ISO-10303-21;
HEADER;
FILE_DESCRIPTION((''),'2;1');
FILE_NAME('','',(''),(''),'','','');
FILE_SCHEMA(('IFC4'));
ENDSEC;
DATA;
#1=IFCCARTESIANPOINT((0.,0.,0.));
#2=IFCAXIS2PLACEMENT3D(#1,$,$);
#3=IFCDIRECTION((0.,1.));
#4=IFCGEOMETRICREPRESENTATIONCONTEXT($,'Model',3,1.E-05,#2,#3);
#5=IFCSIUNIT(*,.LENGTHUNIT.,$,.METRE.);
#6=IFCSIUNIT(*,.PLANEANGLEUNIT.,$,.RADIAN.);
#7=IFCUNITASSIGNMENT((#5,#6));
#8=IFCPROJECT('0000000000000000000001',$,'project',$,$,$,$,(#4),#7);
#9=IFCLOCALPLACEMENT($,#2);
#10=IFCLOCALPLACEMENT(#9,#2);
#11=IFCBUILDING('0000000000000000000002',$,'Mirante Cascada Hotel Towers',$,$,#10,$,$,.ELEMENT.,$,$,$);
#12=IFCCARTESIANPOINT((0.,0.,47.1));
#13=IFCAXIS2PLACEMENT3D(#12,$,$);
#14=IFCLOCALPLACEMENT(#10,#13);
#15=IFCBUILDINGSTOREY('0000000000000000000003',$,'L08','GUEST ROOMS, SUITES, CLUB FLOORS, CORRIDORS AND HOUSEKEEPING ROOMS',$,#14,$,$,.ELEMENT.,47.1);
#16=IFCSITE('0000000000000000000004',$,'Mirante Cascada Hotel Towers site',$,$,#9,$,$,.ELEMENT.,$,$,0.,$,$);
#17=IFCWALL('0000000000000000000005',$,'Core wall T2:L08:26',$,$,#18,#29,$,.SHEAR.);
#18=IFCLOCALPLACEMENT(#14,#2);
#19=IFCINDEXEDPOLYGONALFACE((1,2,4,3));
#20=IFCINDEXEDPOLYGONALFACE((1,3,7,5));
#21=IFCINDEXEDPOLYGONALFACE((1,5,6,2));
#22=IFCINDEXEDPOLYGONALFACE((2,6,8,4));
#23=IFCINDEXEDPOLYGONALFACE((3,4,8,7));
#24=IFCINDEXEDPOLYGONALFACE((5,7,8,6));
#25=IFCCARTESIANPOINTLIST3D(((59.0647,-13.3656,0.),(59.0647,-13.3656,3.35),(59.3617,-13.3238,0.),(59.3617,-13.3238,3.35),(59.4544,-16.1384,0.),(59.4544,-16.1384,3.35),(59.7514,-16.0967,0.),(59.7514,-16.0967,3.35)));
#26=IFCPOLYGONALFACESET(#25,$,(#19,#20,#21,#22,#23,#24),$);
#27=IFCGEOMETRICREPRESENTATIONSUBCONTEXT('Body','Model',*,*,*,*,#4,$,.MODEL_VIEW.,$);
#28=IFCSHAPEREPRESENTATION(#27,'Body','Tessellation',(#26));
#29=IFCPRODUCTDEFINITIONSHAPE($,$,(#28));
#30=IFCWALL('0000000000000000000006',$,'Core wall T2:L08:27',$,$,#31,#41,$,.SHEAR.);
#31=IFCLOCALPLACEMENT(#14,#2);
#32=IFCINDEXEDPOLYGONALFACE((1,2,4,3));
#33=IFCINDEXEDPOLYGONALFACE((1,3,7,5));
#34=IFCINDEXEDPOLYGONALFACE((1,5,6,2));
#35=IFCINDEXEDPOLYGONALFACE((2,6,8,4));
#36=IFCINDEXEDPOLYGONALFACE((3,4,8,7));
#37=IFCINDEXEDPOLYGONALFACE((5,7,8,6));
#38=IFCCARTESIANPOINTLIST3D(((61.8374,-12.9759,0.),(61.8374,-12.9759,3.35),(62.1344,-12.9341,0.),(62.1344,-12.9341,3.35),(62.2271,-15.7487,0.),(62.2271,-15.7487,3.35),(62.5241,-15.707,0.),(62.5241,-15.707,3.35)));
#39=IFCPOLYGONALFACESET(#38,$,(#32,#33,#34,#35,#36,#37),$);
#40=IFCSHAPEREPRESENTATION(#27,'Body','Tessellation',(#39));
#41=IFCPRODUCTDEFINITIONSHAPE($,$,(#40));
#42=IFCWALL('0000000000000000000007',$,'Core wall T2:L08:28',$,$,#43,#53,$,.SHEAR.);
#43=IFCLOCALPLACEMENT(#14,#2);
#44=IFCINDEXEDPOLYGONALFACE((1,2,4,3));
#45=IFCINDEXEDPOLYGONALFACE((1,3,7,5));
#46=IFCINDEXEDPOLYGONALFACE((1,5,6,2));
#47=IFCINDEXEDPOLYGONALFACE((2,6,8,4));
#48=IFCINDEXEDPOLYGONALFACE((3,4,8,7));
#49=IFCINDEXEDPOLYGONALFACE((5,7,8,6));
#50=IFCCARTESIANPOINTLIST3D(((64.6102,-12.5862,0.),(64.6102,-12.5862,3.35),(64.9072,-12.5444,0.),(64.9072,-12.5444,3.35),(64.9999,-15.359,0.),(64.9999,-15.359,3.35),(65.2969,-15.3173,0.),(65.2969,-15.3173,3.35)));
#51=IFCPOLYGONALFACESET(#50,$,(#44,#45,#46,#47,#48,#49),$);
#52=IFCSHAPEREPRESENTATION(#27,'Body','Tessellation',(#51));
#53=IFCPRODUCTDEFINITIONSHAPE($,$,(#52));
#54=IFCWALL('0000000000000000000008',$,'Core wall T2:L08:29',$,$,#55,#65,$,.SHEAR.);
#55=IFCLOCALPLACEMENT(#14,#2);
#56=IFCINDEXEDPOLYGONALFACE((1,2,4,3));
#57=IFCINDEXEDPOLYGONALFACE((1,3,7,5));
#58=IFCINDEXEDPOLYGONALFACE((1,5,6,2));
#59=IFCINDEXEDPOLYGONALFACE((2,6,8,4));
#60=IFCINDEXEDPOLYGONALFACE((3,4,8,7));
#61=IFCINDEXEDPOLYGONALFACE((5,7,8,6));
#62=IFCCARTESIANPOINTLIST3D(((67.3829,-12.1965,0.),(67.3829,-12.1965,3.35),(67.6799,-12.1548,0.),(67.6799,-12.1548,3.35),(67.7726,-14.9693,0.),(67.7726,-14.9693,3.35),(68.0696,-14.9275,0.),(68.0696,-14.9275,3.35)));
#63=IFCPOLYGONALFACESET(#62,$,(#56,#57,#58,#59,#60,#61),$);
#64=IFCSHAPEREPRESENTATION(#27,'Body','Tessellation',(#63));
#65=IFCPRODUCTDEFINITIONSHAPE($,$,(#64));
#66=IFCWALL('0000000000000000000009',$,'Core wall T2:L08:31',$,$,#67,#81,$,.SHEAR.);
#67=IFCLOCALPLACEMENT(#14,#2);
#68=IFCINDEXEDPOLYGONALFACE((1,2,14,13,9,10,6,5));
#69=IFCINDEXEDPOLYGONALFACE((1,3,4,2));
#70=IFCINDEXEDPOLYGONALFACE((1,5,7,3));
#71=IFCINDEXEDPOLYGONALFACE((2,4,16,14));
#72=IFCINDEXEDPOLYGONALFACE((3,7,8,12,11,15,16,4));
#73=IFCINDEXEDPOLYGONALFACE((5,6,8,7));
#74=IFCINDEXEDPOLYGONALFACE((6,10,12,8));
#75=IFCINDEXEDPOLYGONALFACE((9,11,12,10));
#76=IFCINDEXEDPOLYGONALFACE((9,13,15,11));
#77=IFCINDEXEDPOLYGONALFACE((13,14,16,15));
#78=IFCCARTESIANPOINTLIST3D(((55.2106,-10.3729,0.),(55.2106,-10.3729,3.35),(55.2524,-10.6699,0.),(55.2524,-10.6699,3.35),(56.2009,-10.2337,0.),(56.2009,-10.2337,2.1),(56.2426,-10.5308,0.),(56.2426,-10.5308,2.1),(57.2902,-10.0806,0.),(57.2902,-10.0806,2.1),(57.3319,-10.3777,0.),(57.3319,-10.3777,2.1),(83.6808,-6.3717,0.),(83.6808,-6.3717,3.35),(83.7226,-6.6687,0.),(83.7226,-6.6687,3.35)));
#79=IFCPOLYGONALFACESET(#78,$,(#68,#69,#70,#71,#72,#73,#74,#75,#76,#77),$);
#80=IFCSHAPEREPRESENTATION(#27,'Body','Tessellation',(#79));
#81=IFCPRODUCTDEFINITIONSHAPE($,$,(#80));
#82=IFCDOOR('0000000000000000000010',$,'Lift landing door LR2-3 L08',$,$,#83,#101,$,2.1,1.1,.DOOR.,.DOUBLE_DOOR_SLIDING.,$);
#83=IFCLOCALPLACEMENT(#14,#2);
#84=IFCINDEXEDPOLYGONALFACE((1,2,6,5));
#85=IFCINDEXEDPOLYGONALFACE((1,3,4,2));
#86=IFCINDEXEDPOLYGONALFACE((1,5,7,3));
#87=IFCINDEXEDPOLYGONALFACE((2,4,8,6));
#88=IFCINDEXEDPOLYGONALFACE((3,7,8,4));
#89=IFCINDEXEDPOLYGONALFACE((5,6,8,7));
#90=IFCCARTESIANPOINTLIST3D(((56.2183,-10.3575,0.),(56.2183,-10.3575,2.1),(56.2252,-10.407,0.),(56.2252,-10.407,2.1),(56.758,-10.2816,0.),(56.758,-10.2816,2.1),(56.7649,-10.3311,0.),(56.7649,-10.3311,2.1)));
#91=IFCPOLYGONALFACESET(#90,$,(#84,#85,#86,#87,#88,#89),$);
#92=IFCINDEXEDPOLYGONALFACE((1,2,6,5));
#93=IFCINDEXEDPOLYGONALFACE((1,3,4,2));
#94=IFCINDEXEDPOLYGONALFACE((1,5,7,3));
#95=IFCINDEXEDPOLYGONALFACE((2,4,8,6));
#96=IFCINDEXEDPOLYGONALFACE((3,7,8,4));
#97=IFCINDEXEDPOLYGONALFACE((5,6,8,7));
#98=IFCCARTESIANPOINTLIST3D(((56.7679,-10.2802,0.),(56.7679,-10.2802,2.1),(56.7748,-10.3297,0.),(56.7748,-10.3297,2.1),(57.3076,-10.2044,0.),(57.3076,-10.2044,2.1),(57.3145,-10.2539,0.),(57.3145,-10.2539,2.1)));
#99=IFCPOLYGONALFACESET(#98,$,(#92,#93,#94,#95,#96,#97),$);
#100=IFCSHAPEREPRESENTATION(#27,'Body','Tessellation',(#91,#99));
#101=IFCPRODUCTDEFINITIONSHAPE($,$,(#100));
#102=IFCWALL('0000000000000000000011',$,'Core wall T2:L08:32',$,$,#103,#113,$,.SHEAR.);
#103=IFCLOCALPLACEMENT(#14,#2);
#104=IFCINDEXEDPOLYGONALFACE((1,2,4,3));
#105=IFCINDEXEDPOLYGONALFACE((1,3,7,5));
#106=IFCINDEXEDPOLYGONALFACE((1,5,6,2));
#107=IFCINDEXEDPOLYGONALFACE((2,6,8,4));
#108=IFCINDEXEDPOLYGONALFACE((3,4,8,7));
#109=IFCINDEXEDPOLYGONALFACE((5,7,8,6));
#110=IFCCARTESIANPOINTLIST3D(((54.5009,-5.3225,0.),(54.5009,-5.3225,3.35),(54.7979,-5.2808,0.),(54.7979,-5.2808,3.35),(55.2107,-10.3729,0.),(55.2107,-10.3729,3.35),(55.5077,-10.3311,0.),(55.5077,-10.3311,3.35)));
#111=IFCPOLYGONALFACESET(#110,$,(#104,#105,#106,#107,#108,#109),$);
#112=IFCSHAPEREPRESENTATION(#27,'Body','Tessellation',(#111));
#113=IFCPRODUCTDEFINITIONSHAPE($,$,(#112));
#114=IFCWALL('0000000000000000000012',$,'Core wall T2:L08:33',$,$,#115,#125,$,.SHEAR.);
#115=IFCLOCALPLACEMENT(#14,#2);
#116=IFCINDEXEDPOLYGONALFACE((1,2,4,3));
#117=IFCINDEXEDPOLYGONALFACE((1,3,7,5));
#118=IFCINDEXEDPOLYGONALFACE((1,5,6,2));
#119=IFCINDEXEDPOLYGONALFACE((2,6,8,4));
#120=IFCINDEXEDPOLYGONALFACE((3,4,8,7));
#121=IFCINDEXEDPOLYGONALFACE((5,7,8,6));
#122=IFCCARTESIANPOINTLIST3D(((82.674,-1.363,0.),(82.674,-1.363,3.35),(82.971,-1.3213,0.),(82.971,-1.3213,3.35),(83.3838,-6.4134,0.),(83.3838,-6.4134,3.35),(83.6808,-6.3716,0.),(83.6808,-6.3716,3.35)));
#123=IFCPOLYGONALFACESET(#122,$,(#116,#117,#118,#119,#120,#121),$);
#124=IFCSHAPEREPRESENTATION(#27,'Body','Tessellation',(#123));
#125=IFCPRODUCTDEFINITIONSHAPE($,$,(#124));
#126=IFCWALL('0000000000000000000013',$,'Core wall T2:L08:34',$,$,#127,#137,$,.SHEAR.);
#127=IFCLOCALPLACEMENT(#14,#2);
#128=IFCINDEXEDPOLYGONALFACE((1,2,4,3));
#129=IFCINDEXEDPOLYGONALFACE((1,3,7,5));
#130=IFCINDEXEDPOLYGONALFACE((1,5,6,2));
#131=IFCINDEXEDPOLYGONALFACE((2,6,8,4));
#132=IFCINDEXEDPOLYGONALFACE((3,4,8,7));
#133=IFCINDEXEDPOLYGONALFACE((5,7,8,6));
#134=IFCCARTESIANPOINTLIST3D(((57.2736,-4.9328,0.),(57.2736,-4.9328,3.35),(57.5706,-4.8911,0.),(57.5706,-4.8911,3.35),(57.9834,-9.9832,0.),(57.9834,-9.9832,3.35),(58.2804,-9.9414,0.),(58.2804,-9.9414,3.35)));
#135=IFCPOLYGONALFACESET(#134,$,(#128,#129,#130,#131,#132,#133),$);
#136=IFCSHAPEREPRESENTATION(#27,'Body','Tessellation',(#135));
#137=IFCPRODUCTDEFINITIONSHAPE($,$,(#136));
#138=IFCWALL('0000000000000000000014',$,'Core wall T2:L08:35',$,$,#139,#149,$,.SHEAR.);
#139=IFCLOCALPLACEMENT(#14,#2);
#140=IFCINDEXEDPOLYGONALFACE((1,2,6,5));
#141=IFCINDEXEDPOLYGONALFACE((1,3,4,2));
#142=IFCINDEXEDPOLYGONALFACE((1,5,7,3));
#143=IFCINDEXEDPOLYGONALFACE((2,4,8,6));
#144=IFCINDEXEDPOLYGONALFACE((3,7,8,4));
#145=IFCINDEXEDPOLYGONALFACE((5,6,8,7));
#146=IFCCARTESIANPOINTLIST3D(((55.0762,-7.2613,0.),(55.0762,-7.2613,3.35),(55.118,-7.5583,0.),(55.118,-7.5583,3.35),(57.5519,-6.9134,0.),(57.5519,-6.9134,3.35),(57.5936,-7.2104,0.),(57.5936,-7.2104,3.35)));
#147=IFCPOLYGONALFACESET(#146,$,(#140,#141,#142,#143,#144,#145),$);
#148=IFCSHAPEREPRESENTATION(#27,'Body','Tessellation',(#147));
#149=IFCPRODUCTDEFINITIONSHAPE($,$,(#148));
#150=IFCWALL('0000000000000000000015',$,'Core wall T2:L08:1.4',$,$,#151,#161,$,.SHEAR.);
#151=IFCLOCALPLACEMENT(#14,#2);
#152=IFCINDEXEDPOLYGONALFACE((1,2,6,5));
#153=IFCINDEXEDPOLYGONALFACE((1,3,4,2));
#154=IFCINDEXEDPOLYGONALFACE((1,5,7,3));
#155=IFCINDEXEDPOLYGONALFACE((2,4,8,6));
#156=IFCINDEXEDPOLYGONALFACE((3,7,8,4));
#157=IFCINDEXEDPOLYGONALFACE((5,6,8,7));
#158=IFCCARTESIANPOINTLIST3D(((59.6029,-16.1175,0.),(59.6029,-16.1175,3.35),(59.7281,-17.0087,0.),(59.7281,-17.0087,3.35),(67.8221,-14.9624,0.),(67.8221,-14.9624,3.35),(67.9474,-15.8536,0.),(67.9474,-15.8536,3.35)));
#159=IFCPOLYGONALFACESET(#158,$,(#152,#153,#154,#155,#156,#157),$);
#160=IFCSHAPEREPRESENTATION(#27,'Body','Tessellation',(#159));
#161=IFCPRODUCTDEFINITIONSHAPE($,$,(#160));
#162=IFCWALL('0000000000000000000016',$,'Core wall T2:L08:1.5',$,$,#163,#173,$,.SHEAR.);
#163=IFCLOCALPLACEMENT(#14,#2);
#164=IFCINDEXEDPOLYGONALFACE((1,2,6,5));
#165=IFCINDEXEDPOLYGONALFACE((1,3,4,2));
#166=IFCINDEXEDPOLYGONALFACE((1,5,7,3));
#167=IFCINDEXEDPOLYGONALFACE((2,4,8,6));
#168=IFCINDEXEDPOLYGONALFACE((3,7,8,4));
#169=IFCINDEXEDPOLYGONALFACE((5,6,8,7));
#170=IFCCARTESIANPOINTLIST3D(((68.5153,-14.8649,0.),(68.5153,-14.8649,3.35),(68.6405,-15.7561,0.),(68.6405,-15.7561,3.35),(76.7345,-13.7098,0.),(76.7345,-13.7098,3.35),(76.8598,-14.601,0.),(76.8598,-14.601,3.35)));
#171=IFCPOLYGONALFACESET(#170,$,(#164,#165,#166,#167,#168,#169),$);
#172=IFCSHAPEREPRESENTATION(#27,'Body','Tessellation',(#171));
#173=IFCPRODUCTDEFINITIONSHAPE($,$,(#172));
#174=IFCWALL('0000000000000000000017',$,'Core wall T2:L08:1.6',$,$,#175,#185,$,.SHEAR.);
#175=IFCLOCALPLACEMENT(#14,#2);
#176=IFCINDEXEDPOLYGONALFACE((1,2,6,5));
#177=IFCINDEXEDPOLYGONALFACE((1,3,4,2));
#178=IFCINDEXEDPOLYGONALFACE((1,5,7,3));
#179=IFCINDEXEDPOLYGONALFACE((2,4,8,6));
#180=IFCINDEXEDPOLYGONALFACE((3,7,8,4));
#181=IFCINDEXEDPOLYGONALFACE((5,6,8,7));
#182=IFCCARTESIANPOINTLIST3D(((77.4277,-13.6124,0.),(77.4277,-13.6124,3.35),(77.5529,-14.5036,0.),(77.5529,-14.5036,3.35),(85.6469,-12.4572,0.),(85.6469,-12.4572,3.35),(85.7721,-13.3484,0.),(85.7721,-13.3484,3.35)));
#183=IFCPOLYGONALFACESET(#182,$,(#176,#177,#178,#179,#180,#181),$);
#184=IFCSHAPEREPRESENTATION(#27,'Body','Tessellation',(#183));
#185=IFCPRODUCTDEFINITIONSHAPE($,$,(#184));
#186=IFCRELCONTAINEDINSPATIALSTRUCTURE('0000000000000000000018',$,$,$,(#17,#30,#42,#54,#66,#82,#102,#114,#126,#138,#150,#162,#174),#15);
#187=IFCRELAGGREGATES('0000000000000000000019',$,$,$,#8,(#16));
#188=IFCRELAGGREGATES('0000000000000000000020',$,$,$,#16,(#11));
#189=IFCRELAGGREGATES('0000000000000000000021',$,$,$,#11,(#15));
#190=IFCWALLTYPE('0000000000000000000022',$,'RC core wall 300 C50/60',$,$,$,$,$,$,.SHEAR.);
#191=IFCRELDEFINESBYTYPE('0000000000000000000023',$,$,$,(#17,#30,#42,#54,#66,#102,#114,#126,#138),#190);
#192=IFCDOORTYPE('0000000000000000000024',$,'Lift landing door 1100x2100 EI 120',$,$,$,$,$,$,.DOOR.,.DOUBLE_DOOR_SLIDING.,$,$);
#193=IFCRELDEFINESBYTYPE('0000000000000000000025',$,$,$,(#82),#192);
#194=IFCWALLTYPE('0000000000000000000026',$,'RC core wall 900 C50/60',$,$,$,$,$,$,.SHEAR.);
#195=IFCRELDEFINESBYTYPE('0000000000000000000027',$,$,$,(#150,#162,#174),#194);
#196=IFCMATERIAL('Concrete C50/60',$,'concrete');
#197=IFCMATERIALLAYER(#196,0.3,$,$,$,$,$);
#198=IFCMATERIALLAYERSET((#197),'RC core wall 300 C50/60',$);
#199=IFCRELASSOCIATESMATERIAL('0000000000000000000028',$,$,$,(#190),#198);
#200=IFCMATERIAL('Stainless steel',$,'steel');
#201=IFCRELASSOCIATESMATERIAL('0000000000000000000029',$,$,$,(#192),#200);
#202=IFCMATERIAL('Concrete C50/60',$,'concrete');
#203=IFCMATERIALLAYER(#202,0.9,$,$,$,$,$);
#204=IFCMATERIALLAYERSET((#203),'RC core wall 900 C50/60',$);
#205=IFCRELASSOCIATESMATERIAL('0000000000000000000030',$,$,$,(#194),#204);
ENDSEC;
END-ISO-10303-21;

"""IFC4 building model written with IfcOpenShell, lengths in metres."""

from ifc_helpers import new_model, si_unit, direction, frame, frame_2d, origin, place, context, subcontext, project, spatial, rectangle, extrude, material, layer, layer_set, type_object, element, fill, save


model = new_model("IFC4")

# Units and contexts
model_context = context("Model", 3, precision=1e-05, world=origin(), true_north=direction((0.0, 1.0)))
body_context = subcontext(model_context, "Body", "Model", "MODEL_VIEW")
ifc_project = project(units=[si_unit("LENGTHUNIT", "METRE"), si_unit("PLANEANGLEUNIT", "RADIAN")], contexts=[model_context])

# Site, building, storey
site_placement = place(None, origin())
site = spatial("IfcSite", under=ifc_project, at=site_placement, Name="Mirante Cascada Hotel Towers site", CompositionType="ELEMENT", RefElevation=0.0)
building_placement = place(site_placement, origin())
building = spatial("IfcBuilding", under=site, at=building_placement, Name="Mirante Cascada Hotel Towers", CompositionType="ELEMENT")
storey_placement = place(building_placement, frame((0.0, 0.0, 47.1)))
storey = spatial("IfcBuildingStorey", under=building, at=storey_placement, Name="L08", Description="GUEST ROOMS, SUITES, CLUB FLOORS, CORRIDORS AND HOUSEKEEPING ROOMS", CompositionType="ELEMENT", Elevation=47.1)

# Walls
ifc_material_1 = material(Name="Concrete C50/60", Category="concrete")
ifc_layer_1 = layer(ifc_material_1, 0.3)
ifc_layer_set_1 = layer_set([ifc_layer_1], Name="RC core wall 300 C50/60")
wall_type_1 = type_object("IfcWallType", Name="RC core wall 300 C50/60", PredefinedType="SHEAR", material=ifc_layer_set_1)
for number, where, z_axis, x_axis, name in (
    (1, (59.6029, -16.1175, 0.0), (0.0, 0.0, 1.0), (-0.139176, 0.990268, 0.0), "Core wall T2:L08:26"),
    (2, (62.3756, -15.7278, 0.0), (0.0, 0.0, 1.0), (-0.139176, 0.990268, 0.0), "Core wall T2:L08:27"),
    (3, (65.1484, -15.3381, 0.0), (0.0, 0.0, 1.0), (-0.139176, 0.990268, 0.0), "Core wall T2:L08:28"),
):
    element("IfcWall", number, at=place(storey_placement, frame(where, z_axis=z_axis, x_axis=x_axis)), inside=storey, type_object=wall_type_1, Name=name, PredefinedType="SHEAR", context=body_context, shape_type="SweptSolid", body=[
        extrude(rectangle(XDim=2.8001, YDim=0.3, at=frame_2d((1.4, 0.0))), origin(), (0.0, 0.0, 1.0), 3.35),
    ])
wall_1_placement = place(storey_placement, frame((67.9211, -14.9484, 0.0), z_axis=(0.0, 0.0, 1.0), x_axis=(-0.139181, 0.990267, 0.0)))
element("IfcWall", 4, at=wall_1_placement, inside=storey, type_object=wall_type_1, Name="Core wall T2:L08:29", PredefinedType="SHEAR", context=body_context, shape_type="SweptSolid", body=[
    extrude(rectangle(XDim=2.8, YDim=0.3, at=frame_2d((1.4, 0.0))), origin(), (0.0, 0.0, 1.0), 3.35),
])

# Wall, opening, door
wall_2_placement = place(storey_placement, frame((55.2315, -10.5214, 0.0), z_axis=(0.0, 0.0, 1.0), x_axis=(0.990268, 0.139172, 0.0)))
wall_2 = element("IfcWall", 5, at=wall_2_placement, inside=storey, type_object=wall_type_1, Name="Core wall T2:L08:31", PredefinedType="SHEAR", context=body_context, shape_type="SweptSolid", body=[
    extrude(rectangle(XDim=28.75, YDim=0.3, at=frame_2d((14.375, 0.0))), origin(), (0.0, 0.0, 1.0), 3.35),
])
opening_placement = place(wall_2_placement, frame((1.0, 0.0, 0.0)))
opening = element("IfcOpeningElement", 6, at=opening_placement, cuts=wall_2, PredefinedType="OPENING", context=body_context, shape_type="SweptSolid", body=[
    extrude(rectangle(XDim=1.1, YDim=2.1, at=frame_2d((0.55, 1.05))), frame((0.0, 0.15, 0.0), z_axis=(0.0, -1.0, 0.0), x_axis=(1.0, 0.0, 0.0)), (0.0, 0.0, 1.0), 0.3),
])
ifc_material_2 = material(Name="Stainless steel", Category="steel")
door_type = type_object("IfcDoorType", Name="Lift landing door 1100x2100 EI 120", OperationType="DOUBLE_DOOR_SLIDING", PredefinedType="DOOR", material=ifc_material_2)
door_placement = place(opening_placement, origin())
door = element("IfcDoor", 7, at=door_placement, inside=storey, type_object=door_type, Name="Lift landing door LR2-3 L08", OperationType="DOUBLE_DOOR_SLIDING", OverallHeight=2.1, OverallWidth=1.1, PredefinedType="DOOR", context=body_context, shape_type="SweptSolid", body=[
    extrude(rectangle(XDim=0.545, YDim=2.1, at=frame_2d((0.2725, 1.05))), frame((0.0, 0.025, 0.0), z_axis=(0.0, -1.0, 0.0), x_axis=(1.0, 0.0, 0.0)), (0.0, 0.0, 1.0), 0.05),
    extrude(rectangle(XDim=0.545, YDim=2.1, at=frame_2d((0.8275, 1.05))), frame((0.0, 0.025, 0.0), z_axis=(0.0, -1.0, 0.0), x_axis=(1.0, 0.0, 0.0)), (0.0, 0.0, 1.0), 0.05),
])
fill(opening, door)

# Walls
for number, where, z_axis, x_axis, name in (
    (8, (55.3592, -10.352, 0.0), (0.0, 0.0, 1.0), (-0.139176, 0.990268, 0.0), "Core wall T2:L08:32"),
    (9, (83.5323, -6.3925, 0.0), (0.0, 0.0, 1.0), (-0.139176, 0.990268, 0.0), "Core wall T2:L08:33"),
    (10, (58.1319, -9.9623, 0.0), (0.0, 0.0, 1.0), (-0.139176, 0.990268, 0.0), "Core wall T2:L08:34"),
):
    element("IfcWall", number, at=place(storey_placement, frame(where, z_axis=z_axis, x_axis=x_axis)), inside=storey, type_object=wall_type_1, Name=name, PredefinedType="SHEAR", context=body_context, shape_type="SweptSolid", body=[
        extrude(rectangle(XDim=5.1, YDim=0.3, at=frame_2d((2.55, 0.0))), origin(), (0.0, 0.0, 1.0), 3.35),
    ])
wall_3_placement = place(storey_placement, frame((55.0971, -7.4098, 0.0), z_axis=(0.0, 0.0, 1.0), x_axis=(0.99027, 0.139159, 0.0)))
element("IfcWall", 11, at=wall_3_placement, inside=storey, type_object=wall_type_1, Name="Core wall T2:L08:35", PredefinedType="SHEAR", context=body_context, shape_type="SweptSolid", body=[
    extrude(rectangle(XDim=2.5, YDim=0.3, at=frame_2d((1.25, 0.0))), origin(), (0.0, 0.0, 1.0), 3.35),
])
ifc_material_3 = material(Name="Concrete C50/60", Category="concrete")
ifc_layer_2 = layer(ifc_material_3, 0.9)
ifc_layer_set_2 = layer_set([ifc_layer_2], Name="RC core wall 900 C50/60")
wall_type_2 = type_object("IfcWallType", Name="RC core wall 900 C50/60", PredefinedType="SHEAR", material=ifc_layer_set_2)
for number, where, z_axis, x_axis, name in (
    (12, (59.6655, -16.5631, 0.0), (0.0, 0.0, 1.0), (0.990269, 0.139169, 0.0), "Core wall T2:L08:1.4"),
    (13, (68.5779, -15.3105, 0.0), (0.0, 0.0, 1.0), (0.990269, 0.139169, 0.0), "Core wall T2:L08:1.5"),
    (14, (77.4903, -14.058, 0.0), (0.0, 0.0, 1.0), (0.990267, 0.139181, 0.0), "Core wall T2:L08:1.6"),
):
    element("IfcWall", number, at=place(storey_placement, frame(where, z_axis=z_axis, x_axis=x_axis)), inside=storey, type_object=wall_type_2, Name=name, PredefinedType="SHEAR", context=body_context, shape_type="SweptSolid", body=[
        extrude(rectangle(XDim=8.3, YDim=0.9, at=frame_2d((4.15, 0.0))), origin(), (0.0, 0.0, 1.0), 3.35),
    ])

save(model, "model.ifc")
